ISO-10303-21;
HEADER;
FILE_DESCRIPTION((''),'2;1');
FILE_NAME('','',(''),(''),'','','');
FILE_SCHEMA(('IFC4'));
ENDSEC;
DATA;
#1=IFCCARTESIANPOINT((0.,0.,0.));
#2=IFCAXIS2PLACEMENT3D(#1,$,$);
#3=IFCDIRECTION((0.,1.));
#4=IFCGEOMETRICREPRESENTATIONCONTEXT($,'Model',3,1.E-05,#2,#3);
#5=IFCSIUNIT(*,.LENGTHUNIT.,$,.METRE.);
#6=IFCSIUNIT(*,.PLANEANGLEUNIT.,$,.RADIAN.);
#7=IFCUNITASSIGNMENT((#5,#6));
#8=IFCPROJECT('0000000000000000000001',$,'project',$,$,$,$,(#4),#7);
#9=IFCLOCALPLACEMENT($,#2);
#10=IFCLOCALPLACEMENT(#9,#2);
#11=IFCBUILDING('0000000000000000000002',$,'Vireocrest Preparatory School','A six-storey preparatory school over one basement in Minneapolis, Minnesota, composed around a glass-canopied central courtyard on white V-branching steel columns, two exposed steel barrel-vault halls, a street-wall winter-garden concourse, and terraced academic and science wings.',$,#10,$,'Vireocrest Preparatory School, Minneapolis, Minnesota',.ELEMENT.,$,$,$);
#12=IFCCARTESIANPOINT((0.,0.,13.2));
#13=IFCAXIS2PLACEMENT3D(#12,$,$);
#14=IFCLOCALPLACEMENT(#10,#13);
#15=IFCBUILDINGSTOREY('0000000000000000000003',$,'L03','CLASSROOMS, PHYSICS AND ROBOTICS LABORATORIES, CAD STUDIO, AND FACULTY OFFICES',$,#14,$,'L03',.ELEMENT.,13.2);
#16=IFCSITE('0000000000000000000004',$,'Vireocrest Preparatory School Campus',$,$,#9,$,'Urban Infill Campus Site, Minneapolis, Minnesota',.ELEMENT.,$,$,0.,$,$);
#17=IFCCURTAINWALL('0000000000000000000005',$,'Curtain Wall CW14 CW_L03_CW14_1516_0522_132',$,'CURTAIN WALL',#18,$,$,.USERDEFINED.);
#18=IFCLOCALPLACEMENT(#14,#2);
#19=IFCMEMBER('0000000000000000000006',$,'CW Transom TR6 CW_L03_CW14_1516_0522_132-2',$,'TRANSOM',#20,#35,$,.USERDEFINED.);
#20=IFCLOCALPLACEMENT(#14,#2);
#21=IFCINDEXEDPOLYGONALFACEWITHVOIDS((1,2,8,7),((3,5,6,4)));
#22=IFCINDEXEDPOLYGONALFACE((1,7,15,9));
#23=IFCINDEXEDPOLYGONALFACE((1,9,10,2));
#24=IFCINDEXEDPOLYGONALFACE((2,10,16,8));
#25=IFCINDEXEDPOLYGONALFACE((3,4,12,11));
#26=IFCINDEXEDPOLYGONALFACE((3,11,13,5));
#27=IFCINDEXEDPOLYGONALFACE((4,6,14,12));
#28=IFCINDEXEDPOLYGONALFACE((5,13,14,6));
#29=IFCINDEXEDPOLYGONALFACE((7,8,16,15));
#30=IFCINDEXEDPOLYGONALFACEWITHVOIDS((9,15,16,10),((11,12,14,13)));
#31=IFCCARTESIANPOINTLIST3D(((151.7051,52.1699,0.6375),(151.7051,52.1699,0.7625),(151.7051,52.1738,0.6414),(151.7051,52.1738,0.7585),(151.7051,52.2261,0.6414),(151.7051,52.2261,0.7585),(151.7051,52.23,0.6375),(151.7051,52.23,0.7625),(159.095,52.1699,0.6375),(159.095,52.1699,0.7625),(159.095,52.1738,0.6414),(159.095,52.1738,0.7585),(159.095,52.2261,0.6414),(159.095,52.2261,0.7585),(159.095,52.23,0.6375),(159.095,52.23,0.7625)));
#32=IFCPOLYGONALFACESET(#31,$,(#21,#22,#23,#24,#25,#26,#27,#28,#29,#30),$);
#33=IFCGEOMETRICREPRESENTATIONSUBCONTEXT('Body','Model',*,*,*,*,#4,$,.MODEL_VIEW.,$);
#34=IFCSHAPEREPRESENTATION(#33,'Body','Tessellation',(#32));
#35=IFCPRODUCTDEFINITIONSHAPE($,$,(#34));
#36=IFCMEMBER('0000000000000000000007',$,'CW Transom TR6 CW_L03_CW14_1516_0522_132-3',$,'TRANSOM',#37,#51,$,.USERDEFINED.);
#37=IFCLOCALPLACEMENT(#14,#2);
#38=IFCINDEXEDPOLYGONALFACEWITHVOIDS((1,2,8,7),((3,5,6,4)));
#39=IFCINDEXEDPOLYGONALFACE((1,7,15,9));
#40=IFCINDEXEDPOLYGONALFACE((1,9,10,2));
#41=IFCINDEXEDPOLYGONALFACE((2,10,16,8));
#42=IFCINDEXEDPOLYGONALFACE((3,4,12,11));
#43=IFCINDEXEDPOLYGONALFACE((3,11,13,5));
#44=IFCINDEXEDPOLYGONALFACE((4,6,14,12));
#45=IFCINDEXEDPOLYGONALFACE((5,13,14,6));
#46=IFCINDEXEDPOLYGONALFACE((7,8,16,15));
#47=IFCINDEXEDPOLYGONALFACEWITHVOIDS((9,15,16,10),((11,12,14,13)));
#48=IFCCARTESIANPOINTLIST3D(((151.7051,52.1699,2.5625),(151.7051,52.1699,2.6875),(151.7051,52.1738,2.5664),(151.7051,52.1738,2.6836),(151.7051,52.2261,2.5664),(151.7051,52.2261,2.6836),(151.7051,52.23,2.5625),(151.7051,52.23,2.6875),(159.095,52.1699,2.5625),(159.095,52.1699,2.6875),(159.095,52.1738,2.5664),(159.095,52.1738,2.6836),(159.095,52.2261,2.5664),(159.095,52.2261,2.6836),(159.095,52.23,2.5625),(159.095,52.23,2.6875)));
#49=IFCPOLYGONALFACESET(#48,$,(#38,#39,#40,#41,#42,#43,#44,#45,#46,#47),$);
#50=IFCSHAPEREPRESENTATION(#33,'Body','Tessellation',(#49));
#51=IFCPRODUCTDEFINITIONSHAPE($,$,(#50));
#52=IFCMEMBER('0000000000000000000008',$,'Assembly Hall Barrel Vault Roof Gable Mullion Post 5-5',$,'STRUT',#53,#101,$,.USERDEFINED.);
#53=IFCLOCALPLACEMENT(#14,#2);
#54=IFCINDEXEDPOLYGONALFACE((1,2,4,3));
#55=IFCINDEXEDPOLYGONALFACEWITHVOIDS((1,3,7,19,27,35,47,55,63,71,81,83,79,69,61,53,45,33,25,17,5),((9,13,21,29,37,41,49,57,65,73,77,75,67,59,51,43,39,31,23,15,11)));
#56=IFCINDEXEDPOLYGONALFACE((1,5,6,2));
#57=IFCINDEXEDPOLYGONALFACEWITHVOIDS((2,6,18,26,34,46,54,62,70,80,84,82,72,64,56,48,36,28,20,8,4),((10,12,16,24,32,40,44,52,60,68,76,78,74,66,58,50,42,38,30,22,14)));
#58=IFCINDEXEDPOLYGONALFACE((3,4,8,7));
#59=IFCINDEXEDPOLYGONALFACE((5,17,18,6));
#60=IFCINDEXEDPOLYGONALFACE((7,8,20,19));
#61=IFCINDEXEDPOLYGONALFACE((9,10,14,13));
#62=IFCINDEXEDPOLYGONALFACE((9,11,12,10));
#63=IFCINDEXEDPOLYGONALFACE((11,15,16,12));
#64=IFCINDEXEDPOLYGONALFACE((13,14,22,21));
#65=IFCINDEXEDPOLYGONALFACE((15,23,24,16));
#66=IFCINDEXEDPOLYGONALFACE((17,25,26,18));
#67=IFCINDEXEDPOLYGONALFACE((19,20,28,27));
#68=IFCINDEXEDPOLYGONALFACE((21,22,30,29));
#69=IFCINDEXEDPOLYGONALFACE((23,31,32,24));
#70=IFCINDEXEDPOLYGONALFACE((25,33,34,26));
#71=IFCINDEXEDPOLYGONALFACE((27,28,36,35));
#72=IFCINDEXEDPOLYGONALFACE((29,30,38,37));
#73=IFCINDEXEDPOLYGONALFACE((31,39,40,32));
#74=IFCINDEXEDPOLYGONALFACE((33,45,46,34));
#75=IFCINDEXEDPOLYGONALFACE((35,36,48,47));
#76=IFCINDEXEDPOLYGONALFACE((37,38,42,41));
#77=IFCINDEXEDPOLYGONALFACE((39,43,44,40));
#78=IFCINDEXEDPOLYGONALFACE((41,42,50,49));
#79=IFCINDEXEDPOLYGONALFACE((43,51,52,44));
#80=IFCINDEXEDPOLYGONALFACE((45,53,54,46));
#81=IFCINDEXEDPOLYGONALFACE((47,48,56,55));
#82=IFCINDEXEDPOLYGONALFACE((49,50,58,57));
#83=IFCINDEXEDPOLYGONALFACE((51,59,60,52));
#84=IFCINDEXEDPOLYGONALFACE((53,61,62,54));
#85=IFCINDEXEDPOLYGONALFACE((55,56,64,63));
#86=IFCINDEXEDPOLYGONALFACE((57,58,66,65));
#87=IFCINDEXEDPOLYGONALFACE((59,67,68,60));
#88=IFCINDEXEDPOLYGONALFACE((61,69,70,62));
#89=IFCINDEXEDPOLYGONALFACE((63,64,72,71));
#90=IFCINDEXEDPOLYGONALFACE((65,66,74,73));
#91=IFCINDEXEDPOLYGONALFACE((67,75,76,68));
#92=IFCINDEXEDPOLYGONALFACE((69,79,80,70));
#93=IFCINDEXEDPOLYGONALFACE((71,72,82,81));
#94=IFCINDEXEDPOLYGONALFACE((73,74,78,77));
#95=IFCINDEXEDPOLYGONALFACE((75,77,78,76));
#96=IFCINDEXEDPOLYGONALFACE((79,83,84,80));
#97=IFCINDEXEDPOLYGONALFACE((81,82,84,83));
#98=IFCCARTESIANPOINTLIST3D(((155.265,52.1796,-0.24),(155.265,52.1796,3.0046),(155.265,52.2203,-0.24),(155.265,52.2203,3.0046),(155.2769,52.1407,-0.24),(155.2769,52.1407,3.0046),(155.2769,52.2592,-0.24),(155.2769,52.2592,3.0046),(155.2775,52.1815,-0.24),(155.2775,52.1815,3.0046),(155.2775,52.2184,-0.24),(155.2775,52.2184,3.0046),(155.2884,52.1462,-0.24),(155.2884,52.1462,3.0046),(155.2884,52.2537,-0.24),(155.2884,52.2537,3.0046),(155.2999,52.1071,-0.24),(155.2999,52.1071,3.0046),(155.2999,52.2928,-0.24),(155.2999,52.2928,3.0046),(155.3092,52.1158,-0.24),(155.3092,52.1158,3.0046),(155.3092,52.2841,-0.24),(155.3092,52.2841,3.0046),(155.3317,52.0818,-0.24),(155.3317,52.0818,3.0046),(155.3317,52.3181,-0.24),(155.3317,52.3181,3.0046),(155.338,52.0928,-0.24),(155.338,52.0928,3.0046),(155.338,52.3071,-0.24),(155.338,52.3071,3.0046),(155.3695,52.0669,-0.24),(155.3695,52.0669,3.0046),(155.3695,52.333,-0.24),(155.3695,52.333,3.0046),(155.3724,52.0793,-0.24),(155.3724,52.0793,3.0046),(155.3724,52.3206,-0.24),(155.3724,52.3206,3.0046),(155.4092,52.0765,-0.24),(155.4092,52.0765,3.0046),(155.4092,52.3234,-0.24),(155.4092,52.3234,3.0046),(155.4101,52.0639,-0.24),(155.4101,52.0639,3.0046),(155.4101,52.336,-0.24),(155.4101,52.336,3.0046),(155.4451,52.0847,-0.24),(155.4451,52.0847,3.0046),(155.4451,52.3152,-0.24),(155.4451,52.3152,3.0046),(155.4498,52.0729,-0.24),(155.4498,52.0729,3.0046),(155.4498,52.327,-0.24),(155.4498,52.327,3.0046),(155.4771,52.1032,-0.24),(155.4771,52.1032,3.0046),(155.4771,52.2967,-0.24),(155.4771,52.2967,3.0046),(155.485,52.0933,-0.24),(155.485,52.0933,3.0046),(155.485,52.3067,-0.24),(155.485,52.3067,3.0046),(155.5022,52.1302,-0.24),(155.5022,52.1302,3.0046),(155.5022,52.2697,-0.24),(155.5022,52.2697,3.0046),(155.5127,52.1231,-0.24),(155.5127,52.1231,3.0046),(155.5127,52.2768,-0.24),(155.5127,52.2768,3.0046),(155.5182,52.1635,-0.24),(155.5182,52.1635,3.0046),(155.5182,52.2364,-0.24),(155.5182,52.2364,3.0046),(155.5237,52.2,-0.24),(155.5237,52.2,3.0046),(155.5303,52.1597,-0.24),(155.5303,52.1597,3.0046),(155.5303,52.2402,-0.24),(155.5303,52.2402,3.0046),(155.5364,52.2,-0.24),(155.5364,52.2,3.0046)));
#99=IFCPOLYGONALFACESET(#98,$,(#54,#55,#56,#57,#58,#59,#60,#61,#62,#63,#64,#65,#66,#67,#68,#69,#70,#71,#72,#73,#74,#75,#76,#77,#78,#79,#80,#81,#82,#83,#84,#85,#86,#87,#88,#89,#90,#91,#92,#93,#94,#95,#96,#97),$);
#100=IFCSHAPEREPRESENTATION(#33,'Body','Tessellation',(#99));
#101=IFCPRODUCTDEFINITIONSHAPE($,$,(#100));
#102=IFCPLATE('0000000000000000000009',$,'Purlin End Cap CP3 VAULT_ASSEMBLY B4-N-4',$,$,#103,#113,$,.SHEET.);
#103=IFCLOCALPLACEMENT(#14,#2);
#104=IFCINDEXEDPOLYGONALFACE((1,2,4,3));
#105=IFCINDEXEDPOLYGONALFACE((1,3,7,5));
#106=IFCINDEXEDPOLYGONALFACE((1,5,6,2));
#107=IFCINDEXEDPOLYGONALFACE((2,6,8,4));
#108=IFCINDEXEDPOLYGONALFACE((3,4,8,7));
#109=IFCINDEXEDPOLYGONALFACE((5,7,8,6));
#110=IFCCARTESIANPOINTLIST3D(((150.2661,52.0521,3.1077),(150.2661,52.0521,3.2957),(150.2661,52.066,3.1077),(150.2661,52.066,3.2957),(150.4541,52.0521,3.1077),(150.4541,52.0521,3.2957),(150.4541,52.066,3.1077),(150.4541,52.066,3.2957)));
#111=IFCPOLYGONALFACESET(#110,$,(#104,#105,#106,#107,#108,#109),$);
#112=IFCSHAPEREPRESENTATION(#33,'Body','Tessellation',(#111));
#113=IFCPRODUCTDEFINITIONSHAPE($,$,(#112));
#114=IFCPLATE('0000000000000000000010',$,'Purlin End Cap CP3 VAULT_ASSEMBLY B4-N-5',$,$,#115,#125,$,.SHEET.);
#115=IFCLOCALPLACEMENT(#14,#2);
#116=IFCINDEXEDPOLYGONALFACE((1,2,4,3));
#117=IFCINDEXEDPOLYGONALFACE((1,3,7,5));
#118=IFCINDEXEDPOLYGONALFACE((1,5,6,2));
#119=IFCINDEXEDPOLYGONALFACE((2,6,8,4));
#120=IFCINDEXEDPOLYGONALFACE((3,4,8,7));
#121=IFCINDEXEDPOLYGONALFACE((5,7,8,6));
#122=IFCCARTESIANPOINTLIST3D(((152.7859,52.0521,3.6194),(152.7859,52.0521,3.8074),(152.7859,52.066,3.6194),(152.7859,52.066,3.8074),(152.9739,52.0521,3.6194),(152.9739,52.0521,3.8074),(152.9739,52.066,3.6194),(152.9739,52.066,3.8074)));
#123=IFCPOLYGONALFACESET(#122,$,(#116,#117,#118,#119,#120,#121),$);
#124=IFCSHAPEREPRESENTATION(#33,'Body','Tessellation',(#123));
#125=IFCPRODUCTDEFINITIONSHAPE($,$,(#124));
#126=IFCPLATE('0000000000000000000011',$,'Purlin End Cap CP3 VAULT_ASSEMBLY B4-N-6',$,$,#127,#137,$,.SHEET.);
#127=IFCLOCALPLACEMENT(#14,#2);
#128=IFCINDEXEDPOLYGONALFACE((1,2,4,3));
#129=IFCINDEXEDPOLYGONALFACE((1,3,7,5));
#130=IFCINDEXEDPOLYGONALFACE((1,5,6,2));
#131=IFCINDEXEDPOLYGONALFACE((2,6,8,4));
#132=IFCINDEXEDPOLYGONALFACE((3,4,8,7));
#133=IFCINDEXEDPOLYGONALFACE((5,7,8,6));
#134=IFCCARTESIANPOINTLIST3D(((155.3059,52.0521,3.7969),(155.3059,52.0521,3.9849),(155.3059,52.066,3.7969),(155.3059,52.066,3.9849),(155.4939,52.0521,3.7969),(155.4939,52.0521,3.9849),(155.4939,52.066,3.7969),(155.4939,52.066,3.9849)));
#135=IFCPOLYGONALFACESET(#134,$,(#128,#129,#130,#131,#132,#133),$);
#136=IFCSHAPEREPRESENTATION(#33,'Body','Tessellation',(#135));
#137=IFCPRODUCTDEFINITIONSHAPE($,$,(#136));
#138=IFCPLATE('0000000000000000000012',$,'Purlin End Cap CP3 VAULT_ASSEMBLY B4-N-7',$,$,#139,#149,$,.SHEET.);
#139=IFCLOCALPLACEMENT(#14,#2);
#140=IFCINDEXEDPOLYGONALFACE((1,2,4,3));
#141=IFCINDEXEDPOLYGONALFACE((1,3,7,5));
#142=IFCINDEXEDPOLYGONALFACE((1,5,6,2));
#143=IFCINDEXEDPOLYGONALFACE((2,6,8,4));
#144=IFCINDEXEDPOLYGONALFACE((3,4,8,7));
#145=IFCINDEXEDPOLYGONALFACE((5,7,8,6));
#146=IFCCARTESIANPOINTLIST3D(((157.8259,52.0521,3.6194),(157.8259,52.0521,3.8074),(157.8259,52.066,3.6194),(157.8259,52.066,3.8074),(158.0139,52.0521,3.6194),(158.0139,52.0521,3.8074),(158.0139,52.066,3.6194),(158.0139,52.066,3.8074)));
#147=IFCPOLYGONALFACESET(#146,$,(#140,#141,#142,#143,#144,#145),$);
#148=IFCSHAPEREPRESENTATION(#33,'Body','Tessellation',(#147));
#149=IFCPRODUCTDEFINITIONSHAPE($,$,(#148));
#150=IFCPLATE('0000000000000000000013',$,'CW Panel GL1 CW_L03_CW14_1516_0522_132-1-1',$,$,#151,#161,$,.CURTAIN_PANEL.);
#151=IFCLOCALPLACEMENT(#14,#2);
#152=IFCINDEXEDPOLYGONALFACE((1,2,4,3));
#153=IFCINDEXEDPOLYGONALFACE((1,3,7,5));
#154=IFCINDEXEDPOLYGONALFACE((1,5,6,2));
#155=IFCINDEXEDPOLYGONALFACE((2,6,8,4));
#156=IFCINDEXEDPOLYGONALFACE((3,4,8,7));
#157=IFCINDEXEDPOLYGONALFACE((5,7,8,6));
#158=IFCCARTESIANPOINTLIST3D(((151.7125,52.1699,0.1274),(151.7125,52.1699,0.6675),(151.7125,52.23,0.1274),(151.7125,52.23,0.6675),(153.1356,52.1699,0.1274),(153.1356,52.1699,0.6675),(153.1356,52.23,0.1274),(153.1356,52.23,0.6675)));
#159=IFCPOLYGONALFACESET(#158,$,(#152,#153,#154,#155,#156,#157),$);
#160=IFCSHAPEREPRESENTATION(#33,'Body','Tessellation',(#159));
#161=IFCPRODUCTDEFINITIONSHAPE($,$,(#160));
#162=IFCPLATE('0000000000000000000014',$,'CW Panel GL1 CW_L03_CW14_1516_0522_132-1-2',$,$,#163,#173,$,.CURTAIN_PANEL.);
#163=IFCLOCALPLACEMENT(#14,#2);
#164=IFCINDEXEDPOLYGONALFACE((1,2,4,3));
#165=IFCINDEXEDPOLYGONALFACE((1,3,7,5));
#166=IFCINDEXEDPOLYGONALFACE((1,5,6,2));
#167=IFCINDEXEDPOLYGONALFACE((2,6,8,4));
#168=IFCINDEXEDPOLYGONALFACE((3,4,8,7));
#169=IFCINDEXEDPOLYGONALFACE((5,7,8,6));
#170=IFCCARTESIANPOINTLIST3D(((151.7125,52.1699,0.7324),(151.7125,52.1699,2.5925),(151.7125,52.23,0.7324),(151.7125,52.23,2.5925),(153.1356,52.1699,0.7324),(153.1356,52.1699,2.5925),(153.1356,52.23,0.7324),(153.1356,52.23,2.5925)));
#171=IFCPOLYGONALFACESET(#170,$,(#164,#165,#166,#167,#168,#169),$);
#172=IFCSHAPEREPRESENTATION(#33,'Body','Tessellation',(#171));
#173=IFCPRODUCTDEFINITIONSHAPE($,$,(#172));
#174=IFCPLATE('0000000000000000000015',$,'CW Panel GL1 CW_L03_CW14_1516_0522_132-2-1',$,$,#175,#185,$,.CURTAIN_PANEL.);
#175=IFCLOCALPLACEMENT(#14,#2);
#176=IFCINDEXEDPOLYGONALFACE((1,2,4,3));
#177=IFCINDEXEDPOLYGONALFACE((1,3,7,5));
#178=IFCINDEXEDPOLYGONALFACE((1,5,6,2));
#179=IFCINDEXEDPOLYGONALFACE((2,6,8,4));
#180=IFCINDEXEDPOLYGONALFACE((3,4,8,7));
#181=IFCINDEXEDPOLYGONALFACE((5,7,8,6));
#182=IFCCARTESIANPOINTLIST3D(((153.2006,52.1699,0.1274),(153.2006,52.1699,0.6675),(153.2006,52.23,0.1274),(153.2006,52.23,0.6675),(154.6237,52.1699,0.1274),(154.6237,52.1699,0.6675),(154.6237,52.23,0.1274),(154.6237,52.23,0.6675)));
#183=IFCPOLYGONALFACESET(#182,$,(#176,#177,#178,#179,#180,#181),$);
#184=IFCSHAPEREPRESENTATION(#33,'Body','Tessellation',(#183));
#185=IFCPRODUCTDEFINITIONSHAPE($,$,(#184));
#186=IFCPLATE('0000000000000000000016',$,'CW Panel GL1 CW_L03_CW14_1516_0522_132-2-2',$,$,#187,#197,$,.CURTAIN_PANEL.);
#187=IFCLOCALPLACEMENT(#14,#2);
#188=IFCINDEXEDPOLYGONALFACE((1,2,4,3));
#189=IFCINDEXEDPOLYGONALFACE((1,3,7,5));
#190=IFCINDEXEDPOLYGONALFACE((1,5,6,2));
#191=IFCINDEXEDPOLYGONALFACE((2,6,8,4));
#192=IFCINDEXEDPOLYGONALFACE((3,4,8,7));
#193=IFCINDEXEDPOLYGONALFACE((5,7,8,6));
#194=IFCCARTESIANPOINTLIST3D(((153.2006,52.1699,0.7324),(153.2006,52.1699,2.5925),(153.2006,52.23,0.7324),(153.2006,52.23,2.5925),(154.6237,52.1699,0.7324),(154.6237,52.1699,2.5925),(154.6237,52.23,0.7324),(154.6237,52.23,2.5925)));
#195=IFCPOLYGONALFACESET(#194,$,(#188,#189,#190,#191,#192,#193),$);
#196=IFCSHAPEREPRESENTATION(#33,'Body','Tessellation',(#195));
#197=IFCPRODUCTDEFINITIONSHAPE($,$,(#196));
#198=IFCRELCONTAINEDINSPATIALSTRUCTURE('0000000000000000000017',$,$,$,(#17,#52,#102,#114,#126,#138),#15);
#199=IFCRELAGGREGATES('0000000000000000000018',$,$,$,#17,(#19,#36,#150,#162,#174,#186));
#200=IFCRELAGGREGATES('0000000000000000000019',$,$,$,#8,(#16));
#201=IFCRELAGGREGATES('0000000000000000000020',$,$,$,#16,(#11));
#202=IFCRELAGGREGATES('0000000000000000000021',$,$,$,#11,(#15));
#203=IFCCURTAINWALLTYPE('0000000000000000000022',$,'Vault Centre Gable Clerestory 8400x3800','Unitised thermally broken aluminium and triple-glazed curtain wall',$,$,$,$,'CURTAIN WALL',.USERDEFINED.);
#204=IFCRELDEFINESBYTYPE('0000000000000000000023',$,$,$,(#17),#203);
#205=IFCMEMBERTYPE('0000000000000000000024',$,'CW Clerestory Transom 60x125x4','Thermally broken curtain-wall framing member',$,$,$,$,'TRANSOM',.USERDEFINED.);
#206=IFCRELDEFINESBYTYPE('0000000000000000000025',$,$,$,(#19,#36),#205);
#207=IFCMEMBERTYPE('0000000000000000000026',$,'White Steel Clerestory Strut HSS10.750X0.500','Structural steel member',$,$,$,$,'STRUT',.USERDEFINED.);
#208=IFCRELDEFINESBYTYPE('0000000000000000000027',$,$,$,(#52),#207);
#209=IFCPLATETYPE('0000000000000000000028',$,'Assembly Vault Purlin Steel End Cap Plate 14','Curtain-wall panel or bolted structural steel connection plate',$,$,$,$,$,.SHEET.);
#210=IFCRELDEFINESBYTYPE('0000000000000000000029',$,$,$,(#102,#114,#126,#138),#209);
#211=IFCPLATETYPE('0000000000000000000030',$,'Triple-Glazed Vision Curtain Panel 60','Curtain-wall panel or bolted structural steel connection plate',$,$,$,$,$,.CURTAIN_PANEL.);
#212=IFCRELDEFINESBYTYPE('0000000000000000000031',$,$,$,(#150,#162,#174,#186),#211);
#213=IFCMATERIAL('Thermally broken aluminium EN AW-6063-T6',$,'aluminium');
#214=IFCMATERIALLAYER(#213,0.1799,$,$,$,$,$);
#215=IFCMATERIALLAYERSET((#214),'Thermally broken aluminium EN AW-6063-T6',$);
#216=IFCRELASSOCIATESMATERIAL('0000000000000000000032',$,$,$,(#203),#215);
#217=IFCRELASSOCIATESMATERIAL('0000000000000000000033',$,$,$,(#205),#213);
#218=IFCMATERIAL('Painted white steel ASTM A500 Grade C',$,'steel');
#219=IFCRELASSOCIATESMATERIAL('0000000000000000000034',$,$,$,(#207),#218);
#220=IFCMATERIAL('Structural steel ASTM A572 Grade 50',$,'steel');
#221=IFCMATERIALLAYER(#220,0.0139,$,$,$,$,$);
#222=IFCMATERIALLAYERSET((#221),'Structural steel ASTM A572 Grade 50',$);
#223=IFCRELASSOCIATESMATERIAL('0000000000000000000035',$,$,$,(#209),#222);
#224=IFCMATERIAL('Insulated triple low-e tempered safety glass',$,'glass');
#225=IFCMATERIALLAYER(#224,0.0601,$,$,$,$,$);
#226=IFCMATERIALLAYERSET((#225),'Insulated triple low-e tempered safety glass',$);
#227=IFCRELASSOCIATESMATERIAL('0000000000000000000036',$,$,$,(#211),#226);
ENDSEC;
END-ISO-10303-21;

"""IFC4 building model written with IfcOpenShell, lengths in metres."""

from ifc_helpers import new_model, si_unit, direction, frame, origin, origin_2d, place, context, subcontext, project, spatial, rectangle, hollow_rectangle, hollow_circle, extrude, material, layer, layer_set, material_profile, profile_set, type_object, element, aggregate, save


model = new_model("IFC4")

# Units and contexts
model_context = context("Model", 3, precision=1e-05, world=origin(), true_north=direction((0.0, 1.0)))
body_context = subcontext(model_context, "Body", "Model", "MODEL_VIEW")
ifc_project = project(units=[si_unit("LENGTHUNIT", "METRE"), si_unit("PLANEANGLEUNIT", "RADIAN")], contexts=[model_context])

# Site, building, storey
site_placement = place(None, origin())
site = spatial("IfcSite", under=ifc_project, at=site_placement, Name="Vireocrest Preparatory School Campus", LongName="Urban Infill Campus Site, Minneapolis, Minnesota", CompositionType="ELEMENT", RefElevation=0.0)
building_placement = place(site_placement, origin())
building = spatial("IfcBuilding", under=site, at=building_placement, Name="Vireocrest Preparatory School", Description="A six-storey preparatory school over one basement in Minneapolis, Minnesota, composed around a glass-canopied central courtyard on white V-branching steel columns, two exposed steel barrel-vault halls, a street-wall winter-garden concourse, and terraced academic and science wings.", LongName="Vireocrest Preparatory School, Minneapolis, Minnesota", CompositionType="ELEMENT")
storey_placement = place(building_placement, frame((0.0, 0.0, 13.2)))
storey = spatial("IfcBuildingStorey", under=building, at=storey_placement, Name="L03", Description="CLASSROOMS, PHYSICS AND ROBOTICS LABORATORIES, CAD STUDIO, AND FACULTY OFFICES", LongName="L03", CompositionType="ELEMENT", Elevation=13.2)

# Shared definitions
ifc_material_1 = material(Name="Thermally broken aluminium EN AW-6063-T6", Category="aluminium")

# Curtain wall, members
ifc_layer_1 = layer(ifc_material_1, 0.1799)
ifc_layer_set_1 = layer_set([ifc_layer_1], Name="Thermally broken aluminium EN AW-6063-T6")
curtain_wall_type_1 = type_object("IfcCurtainWallType", Name="Vault Centre Gable Clerestory 8400x3800", Description="Unitised thermally broken aluminium and triple-glazed curtain wall", ElementType="CURTAIN WALL", PredefinedType="USERDEFINED", material=ifc_layer_set_1)
curtain_wall_1_placement = place(storey_placement, origin())
curtain_wall_1 = element("IfcCurtainWall", 1, at=curtain_wall_1_placement, inside=storey, type_object=curtain_wall_type_1, Name="Curtain Wall CW14 CW_L03_CW14_1516_0522_132", ObjectType="CURTAIN WALL", PredefinedType="USERDEFINED")
ifc_material_profile_1 = material_profile(ifc_material_1, hollow_rectangle(XDim=0.0601, YDim=0.125, WallThickness=0.0039, at=origin_2d()), Name="ALU 60x125x4")
ifc_profile_set_1 = profile_set([ifc_material_profile_1], Name="Thermally broken aluminium EN AW-6063-T6")
member_type_1 = type_object("IfcMemberType", Name="CW Clerestory Transom 60x125x4", Description="Thermally broken curtain-wall framing member", ElementType="TRANSOM", PredefinedType="USERDEFINED", material=ifc_profile_set_1)
member_1_placement = place(storey_placement, frame((151.7051, 52.2, 0.7), z_axis=(1.0, 0.0, 0.0), x_axis=(0.0, 1.0, 0.0)))
member_1 = element("IfcMember", 2, at=member_1_placement, type_object=member_type_1, Name="CW Transom TR6 CW_L03_CW14_1516_0522_132-2", ObjectType="TRANSOM", PredefinedType="USERDEFINED", context=body_context, shape_type="SweptSolid", body=[
    extrude(hollow_rectangle(XDim=0.0601, YDim=0.125, WallThickness=0.0039, at=origin_2d()), origin(), (0.0, 0.0, 1.0), 7.3899),
])
member_2_placement = place(storey_placement, frame((151.7051, 52.2, 2.625), z_axis=(1.0, 0.0, 0.0), x_axis=(0.0, 1.0, 0.0)))
member_2 = element("IfcMember", 3, at=member_2_placement, type_object=member_type_1, Name="CW Transom TR6 CW_L03_CW14_1516_0522_132-3", ObjectType="TRANSOM", PredefinedType="USERDEFINED", context=body_context, shape_type="SweptSolid", body=[
    extrude(hollow_rectangle(XDim=0.0601, YDim=0.125, WallThickness=0.0039, at=origin_2d()), origin(), (0.0, 0.0, 1.0), 7.3899),
])

# Member
ifc_material_2 = material(Name="Painted white steel ASTM A500 Grade C", Category="steel")
ifc_material_profile_2 = material_profile(ifc_material_2, hollow_circle(Radius=0.1365, WallThickness=0.0127, at=origin_2d()), Name="HSS10.750X0.500")
ifc_profile_set_2 = profile_set([ifc_material_profile_2], Name="Painted white steel ASTM A500 Grade C")
member_type_2 = type_object("IfcMemberType", Name="White Steel Clerestory Strut HSS10.750X0.500", Description="Structural steel member", ElementType="STRUT", PredefinedType="USERDEFINED", material=ifc_profile_set_2)
member_3_placement = place(storey_placement, frame((155.3999, 52.2, -0.24), z_axis=(0.0, 0.0, 1.0), x_axis=(1.0, 0.0, 0.0)))
element("IfcMember", 4, at=member_3_placement, inside=storey, type_object=member_type_2, Name="Assembly Hall Barrel Vault Roof Gable Mullion Post 5-5", ObjectType="STRUT", PredefinedType="USERDEFINED", context=body_context, shape_type="SweptSolid", body=[
    extrude(hollow_circle(Radius=0.1365, WallThickness=0.0127, at=origin_2d()), origin(), (0.0, 0.0, 1.0), 3.2446),
])

# Plates
ifc_material_3 = material(Name="Structural steel ASTM A572 Grade 50", Category="steel")
ifc_layer_2 = layer(ifc_material_3, 0.0139)
ifc_layer_set_2 = layer_set([ifc_layer_2], Name="Structural steel ASTM A572 Grade 50")
plate_type_1 = type_object("IfcPlateType", Name="Assembly Vault Purlin Steel End Cap Plate 14", Description="Curtain-wall panel or bolted structural steel connection plate", PredefinedType="SHEET", material=ifc_layer_set_2)
for number, where, z_axis, x_axis, name in (
    (5, (150.3601, 52.0591, 3.1077), (0.0, 0.0, 1.0), (1.0, 0.0, 0.0), "Purlin End Cap CP3 VAULT_ASSEMBLY B4-N-4"),
    (6, (152.8799, 52.0591, 3.6194), (0.0, 0.0, 1.0), (1.0, 0.0, 0.0), "Purlin End Cap CP3 VAULT_ASSEMBLY B4-N-5"),
    (7, (155.3999, 52.0591, 3.7969), (0.0, 0.0, 1.0), (1.0, 0.0, 0.0), "Purlin End Cap CP3 VAULT_ASSEMBLY B4-N-6"),
    (8, (157.9199, 52.0591, 3.6194), (0.0, 0.0, 1.0), (1.0, 0.0, 0.0), "Purlin End Cap CP3 VAULT_ASSEMBLY B4-N-7"),
):
    element("IfcPlate", number, at=place(storey_placement, frame(where, z_axis=z_axis, x_axis=x_axis)), inside=storey, type_object=plate_type_1, Name=name, PredefinedType="SHEET", context=body_context, shape_type="SweptSolid", body=[
        extrude(rectangle(XDim=0.188, YDim=0.0139, at=origin_2d()), origin(), (0.0, 0.0, 1.0), 0.188),
    ])

# Plates
ifc_material_4 = material(Name="Insulated triple low-e tempered safety glass", Category="glass")
ifc_layer_3 = layer(ifc_material_4, 0.0601)
ifc_layer_set_3 = layer_set([ifc_layer_3], Name="Insulated triple low-e tempered safety glass")
plate_type_2 = type_object("IfcPlateType", Name="Triple-Glazed Vision Curtain Panel 60", Description="Curtain-wall panel or bolted structural steel connection plate", PredefinedType="CURTAIN_PANEL", material=ifc_layer_set_3)
plate_1_placement = place(storey_placement, frame((152.4241, 52.2, 0.1274), z_axis=(0.0, 0.0, 1.0), x_axis=(1.0, 0.0, 0.0)))
plate_1 = element("IfcPlate", 9, at=plate_1_placement, type_object=plate_type_2, Name="CW Panel GL1 CW_L03_CW14_1516_0522_132-1-1", PredefinedType="CURTAIN_PANEL", context=body_context, shape_type="SweptSolid", body=[
    extrude(rectangle(XDim=1.4231, YDim=0.0601, at=origin_2d()), origin(), (0.0, 0.0, 1.0), 0.54),
])
plate_2_placement = place(storey_placement, frame((152.4241, 52.2, 0.7324), z_axis=(0.0, 0.0, 1.0), x_axis=(1.0, 0.0, 0.0)))
plate_2 = element("IfcPlate", 10, at=plate_2_placement, type_object=plate_type_2, Name="CW Panel GL1 CW_L03_CW14_1516_0522_132-1-2", PredefinedType="CURTAIN_PANEL", context=body_context, shape_type="SweptSolid", body=[
    extrude(rectangle(XDim=1.4231, YDim=0.0601, at=origin_2d()), origin(), (0.0, 0.0, 1.0), 1.8601),
])
plate_3_placement = place(storey_placement, frame((153.9121, 52.2, 0.1274), z_axis=(0.0, 0.0, 1.0), x_axis=(1.0, 0.0, 0.0)))
plate_3 = element("IfcPlate", 11, at=plate_3_placement, type_object=plate_type_2, Name="CW Panel GL1 CW_L03_CW14_1516_0522_132-2-1", PredefinedType="CURTAIN_PANEL", context=body_context, shape_type="SweptSolid", body=[
    extrude(rectangle(XDim=1.4231, YDim=0.0601, at=origin_2d()), origin(), (0.0, 0.0, 1.0), 0.54),
])
plate_4_placement = place(storey_placement, frame((153.9121, 52.2, 0.7324), z_axis=(0.0, 0.0, 1.0), x_axis=(1.0, 0.0, 0.0)))
plate_4 = element("IfcPlate", 12, at=plate_4_placement, type_object=plate_type_2, Name="CW Panel GL1 CW_L03_CW14_1516_0522_132-2-2", PredefinedType="CURTAIN_PANEL", context=body_context, shape_type="SweptSolid", body=[
    extrude(rectangle(XDim=1.4231, YDim=0.0601, at=origin_2d()), origin(), (0.0, 0.0, 1.0), 1.8601),
])
aggregate(curtain_wall_1, [member_1, member_2, plate_1, plate_2, plate_3, plate_4])

save(model, "model.ifc")
